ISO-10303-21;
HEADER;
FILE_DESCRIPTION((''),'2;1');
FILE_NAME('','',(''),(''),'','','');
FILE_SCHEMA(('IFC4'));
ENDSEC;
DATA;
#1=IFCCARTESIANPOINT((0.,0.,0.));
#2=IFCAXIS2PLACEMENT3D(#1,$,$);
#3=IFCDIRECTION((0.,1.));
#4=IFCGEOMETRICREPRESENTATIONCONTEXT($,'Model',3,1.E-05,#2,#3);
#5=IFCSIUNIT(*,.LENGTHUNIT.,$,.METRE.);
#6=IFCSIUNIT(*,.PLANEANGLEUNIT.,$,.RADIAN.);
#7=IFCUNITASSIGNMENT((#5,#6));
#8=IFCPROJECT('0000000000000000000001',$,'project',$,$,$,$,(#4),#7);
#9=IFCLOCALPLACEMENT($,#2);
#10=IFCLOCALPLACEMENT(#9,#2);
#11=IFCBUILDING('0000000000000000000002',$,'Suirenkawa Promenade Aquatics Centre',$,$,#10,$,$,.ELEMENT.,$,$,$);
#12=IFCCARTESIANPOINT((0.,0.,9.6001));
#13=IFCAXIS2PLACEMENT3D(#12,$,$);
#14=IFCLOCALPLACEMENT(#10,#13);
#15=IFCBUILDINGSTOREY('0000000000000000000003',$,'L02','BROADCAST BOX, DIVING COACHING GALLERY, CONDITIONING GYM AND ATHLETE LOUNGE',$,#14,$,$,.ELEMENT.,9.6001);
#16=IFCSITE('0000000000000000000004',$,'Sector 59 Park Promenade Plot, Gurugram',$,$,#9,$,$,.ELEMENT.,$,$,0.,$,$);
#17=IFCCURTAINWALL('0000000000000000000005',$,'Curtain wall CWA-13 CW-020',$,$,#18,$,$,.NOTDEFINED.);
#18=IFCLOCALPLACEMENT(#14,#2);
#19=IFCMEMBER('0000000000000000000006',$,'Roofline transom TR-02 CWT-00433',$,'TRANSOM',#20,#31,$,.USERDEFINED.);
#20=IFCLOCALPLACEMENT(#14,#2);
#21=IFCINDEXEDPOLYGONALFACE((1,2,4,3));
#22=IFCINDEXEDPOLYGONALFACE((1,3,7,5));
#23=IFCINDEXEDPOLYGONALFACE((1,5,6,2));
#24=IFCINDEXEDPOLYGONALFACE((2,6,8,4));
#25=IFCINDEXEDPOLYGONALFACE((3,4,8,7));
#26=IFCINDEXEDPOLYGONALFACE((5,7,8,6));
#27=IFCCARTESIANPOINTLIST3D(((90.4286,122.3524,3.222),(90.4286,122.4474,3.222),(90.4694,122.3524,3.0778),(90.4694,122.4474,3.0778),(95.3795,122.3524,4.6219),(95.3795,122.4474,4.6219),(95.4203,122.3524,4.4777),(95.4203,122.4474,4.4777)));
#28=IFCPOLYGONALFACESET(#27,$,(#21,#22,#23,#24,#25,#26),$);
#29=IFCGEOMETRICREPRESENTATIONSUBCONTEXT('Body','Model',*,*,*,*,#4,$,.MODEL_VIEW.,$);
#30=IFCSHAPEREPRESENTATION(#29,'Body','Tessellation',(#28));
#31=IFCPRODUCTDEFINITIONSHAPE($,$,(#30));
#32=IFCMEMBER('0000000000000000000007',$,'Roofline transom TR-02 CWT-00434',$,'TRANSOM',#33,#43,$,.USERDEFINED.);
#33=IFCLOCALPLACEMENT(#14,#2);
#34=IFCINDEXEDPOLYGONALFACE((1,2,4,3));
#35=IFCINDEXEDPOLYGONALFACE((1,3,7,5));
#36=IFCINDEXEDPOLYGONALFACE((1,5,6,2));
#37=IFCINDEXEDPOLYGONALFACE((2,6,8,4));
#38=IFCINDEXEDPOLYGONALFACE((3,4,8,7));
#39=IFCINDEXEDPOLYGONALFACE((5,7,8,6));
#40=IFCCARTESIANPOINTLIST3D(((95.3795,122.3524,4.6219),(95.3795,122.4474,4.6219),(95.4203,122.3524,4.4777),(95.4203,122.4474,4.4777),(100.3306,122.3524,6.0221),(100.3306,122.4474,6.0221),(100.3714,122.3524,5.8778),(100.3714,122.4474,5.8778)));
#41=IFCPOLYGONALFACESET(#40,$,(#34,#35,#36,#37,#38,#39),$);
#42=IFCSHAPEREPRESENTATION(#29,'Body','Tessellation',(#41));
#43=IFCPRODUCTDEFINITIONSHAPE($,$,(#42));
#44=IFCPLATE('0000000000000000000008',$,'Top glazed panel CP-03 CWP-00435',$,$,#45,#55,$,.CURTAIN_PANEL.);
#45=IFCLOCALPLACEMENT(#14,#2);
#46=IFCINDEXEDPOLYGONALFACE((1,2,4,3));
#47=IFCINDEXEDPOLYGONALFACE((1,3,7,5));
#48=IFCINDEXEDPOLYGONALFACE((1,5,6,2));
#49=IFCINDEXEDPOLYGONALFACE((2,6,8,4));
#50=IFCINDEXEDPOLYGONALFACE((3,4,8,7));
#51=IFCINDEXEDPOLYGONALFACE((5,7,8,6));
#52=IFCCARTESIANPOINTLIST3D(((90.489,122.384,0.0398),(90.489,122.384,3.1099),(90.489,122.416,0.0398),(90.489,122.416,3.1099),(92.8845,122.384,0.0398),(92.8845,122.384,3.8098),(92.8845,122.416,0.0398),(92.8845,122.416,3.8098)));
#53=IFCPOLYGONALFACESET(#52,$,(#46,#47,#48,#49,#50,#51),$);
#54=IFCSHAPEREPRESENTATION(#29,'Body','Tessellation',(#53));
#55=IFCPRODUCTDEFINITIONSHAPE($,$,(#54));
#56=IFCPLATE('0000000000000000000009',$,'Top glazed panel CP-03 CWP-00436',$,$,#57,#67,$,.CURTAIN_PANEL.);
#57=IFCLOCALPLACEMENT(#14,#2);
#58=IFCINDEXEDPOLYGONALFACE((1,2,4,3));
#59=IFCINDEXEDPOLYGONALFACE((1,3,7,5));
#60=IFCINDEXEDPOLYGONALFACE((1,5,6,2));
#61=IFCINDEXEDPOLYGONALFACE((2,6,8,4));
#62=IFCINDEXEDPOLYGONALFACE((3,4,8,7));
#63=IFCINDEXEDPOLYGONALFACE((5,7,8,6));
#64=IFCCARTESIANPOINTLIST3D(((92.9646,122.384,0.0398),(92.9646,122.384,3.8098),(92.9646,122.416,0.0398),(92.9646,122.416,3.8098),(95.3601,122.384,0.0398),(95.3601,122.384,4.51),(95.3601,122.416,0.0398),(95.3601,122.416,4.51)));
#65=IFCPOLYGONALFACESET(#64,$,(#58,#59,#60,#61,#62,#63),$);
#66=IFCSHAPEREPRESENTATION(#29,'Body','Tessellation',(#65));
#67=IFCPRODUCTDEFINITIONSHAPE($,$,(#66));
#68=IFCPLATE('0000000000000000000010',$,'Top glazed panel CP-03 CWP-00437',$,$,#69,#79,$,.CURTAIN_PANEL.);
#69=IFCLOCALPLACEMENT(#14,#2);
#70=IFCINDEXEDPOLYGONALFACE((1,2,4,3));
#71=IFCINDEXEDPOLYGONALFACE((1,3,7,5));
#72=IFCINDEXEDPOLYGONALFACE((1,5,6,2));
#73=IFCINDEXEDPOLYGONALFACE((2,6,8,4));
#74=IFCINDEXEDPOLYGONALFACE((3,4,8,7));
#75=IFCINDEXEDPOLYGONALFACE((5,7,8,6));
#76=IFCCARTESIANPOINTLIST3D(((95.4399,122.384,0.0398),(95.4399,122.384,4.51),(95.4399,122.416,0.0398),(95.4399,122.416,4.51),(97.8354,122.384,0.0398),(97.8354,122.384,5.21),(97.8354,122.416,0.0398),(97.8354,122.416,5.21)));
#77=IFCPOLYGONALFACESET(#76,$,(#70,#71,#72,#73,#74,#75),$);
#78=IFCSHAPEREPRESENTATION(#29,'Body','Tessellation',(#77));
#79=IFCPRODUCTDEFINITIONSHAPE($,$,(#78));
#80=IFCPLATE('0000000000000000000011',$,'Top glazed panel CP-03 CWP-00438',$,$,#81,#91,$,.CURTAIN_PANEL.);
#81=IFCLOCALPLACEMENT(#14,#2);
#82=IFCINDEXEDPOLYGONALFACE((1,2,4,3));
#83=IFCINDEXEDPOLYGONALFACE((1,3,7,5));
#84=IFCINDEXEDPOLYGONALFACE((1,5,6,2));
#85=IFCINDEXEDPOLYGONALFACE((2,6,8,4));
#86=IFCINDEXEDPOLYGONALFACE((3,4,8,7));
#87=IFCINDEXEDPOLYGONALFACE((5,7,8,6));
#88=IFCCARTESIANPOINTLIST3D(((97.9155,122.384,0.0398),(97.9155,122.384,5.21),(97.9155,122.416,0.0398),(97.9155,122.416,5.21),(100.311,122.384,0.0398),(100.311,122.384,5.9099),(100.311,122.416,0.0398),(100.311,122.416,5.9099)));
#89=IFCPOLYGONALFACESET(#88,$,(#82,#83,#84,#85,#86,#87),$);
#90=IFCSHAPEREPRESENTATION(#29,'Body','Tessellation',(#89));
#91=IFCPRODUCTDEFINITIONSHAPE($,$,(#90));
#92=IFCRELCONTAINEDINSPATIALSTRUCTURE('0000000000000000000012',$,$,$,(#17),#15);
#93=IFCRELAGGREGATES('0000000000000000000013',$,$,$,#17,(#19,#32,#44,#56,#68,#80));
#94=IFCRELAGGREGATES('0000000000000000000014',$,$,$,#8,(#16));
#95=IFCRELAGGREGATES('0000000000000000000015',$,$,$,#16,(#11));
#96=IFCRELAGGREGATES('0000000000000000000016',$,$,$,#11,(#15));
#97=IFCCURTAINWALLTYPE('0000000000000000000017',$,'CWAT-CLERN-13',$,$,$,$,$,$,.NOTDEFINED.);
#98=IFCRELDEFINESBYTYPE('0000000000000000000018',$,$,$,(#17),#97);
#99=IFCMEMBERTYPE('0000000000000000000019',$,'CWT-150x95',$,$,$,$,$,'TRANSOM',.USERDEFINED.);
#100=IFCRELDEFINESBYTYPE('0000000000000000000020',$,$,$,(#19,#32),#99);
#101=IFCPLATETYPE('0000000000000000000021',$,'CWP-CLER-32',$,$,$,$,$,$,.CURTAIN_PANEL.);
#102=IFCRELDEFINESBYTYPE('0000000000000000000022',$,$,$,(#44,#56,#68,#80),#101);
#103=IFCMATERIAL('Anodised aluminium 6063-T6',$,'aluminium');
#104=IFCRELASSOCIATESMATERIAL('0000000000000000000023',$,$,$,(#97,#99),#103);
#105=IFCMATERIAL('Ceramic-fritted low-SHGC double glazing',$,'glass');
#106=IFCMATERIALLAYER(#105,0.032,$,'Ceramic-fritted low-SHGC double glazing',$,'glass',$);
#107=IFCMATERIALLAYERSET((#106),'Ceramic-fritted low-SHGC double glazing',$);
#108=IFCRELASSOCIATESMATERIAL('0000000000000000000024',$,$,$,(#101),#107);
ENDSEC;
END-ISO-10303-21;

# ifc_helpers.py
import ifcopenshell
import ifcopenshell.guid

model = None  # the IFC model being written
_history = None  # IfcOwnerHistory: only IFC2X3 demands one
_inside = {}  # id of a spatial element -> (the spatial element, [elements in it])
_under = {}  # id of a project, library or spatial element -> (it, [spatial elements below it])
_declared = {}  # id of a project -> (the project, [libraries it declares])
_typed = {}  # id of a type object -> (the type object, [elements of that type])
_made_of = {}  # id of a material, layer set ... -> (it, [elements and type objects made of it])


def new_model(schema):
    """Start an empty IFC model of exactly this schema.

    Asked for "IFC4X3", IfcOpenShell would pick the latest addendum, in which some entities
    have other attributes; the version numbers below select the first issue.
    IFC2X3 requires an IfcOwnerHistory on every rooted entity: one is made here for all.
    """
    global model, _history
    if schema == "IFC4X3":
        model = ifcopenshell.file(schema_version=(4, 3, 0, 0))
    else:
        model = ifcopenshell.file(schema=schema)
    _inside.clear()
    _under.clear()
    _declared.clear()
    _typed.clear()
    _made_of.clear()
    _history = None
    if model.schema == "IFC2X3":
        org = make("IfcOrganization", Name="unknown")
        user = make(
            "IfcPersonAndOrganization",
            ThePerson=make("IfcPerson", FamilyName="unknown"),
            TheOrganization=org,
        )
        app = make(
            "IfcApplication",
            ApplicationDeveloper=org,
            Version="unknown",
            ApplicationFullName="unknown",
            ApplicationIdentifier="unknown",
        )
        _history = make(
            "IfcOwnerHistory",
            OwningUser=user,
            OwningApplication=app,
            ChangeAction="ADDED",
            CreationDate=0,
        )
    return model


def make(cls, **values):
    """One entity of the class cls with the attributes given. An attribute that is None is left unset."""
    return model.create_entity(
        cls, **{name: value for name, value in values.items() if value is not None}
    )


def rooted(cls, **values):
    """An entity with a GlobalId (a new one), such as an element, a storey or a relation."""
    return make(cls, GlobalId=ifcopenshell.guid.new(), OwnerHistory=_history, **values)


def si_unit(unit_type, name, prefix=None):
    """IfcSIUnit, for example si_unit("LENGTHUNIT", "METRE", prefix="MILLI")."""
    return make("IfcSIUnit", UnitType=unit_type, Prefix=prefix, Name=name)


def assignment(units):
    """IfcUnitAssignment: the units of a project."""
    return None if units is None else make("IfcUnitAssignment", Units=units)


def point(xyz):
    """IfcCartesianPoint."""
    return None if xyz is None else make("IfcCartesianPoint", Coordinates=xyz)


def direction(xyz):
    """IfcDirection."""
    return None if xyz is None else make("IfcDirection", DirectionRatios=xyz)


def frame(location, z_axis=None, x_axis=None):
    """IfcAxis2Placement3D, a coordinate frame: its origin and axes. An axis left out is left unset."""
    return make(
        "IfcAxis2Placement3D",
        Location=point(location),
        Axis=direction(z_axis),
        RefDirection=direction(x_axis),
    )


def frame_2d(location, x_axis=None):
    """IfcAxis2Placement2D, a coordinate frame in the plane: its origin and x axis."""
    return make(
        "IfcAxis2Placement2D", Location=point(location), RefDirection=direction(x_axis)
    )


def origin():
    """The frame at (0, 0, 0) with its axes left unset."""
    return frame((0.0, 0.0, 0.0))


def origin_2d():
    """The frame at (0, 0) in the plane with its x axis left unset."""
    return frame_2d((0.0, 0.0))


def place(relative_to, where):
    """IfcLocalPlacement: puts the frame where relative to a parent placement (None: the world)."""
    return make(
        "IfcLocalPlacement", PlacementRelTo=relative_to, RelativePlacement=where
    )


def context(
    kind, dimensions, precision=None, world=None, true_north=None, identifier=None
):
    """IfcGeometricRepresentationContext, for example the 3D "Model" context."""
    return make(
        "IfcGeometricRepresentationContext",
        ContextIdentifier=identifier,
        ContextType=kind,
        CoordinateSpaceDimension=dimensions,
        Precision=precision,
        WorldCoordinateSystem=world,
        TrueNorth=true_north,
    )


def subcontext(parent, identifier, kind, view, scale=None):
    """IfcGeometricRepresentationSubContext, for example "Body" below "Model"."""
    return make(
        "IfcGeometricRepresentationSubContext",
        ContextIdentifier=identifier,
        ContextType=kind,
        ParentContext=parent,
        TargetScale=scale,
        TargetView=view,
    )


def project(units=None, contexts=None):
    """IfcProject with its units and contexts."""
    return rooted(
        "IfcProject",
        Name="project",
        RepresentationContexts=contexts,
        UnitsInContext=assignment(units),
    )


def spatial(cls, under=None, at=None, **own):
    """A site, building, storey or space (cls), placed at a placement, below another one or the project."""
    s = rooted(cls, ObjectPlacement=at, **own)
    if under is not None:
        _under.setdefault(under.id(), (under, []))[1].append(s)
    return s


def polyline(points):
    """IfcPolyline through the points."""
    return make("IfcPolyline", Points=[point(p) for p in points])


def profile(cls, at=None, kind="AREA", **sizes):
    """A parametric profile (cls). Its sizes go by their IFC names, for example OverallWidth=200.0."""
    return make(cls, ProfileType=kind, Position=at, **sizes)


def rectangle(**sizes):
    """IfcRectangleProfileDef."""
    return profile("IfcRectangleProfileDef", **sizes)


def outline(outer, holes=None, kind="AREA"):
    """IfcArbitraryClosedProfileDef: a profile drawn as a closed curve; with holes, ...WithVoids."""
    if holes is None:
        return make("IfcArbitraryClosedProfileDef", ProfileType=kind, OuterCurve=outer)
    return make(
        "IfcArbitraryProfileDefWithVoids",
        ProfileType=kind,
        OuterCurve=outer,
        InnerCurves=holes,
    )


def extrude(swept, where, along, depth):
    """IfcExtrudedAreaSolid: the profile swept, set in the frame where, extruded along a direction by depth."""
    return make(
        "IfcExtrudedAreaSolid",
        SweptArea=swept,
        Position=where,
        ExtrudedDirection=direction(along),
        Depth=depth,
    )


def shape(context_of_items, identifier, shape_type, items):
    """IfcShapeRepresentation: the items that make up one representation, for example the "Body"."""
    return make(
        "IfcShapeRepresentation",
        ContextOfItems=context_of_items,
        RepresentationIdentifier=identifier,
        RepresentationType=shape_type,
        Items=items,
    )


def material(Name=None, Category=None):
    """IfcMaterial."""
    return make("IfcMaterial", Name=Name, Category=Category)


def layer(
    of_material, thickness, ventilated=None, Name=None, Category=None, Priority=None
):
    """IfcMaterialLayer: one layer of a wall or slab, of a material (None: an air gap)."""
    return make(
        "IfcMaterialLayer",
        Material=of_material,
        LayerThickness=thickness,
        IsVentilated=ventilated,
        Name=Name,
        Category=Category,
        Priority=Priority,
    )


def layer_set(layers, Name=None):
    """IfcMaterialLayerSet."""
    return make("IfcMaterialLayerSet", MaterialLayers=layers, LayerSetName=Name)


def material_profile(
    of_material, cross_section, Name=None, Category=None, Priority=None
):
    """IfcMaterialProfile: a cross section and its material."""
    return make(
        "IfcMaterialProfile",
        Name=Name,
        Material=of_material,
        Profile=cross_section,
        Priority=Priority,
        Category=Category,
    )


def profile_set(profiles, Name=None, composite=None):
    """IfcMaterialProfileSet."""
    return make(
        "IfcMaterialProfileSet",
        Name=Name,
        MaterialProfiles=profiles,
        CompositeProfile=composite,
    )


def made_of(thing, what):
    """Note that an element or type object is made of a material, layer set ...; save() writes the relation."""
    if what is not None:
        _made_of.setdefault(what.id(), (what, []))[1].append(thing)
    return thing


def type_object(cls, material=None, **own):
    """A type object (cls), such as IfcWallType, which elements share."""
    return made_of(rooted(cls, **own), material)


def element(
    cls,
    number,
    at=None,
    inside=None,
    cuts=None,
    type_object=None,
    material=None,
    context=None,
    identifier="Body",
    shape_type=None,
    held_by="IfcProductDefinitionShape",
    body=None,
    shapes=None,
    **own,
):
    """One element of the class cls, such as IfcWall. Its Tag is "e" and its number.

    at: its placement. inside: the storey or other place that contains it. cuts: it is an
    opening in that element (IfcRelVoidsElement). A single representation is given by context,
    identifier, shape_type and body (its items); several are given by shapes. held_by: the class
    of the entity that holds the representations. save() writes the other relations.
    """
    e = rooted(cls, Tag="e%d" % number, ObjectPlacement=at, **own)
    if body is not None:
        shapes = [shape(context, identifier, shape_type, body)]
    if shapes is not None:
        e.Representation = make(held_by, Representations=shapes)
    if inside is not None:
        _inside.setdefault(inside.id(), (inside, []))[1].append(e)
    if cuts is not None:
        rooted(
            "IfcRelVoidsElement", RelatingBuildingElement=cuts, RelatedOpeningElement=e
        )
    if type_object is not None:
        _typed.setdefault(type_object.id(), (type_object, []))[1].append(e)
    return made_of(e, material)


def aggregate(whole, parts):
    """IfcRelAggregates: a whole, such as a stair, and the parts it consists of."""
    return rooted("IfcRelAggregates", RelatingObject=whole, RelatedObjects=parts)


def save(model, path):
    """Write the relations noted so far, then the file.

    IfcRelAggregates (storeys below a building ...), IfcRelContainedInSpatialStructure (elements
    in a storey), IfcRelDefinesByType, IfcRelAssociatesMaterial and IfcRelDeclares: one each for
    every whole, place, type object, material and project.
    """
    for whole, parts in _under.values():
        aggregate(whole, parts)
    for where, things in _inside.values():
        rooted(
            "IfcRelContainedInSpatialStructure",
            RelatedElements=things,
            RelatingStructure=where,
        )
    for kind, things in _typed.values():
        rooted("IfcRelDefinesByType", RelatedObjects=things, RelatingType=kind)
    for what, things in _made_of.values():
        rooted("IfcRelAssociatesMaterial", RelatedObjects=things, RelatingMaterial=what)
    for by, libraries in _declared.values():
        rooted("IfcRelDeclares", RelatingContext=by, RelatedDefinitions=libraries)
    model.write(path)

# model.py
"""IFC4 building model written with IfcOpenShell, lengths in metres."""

from ifc_helpers import new_model, si_unit, direction, frame, origin, origin_2d, place, context, subcontext, project, spatial, polyline, rectangle, outline, extrude, material, layer, layer_set, material_profile, profile_set, type_object, element, aggregate, save


model = new_model("IFC4")

# Units and contexts
model_context = context("Model", 3, precision=1e-05, world=origin(), true_north=direction((0.0, 1.0)))
body_context = subcontext(model_context, "Body", "Model", "MODEL_VIEW")
ifc_project = project(units=[si_unit("LENGTHUNIT", "METRE"), si_unit("PLANEANGLEUNIT", "RADIAN")], contexts=[model_context])

# Site, building, storey
site_placement = place(None, origin())
site = spatial("IfcSite", under=ifc_project, at=site_placement, Name="Sector 59 Park Promenade Plot, Gurugram", CompositionType="ELEMENT", RefElevation=0.0)
building_placement = place(site_placement, origin())
building = spatial("IfcBuilding", under=site, at=building_placement, Name="Suirenkawa Promenade Aquatics Centre", CompositionType="ELEMENT")
storey_placement = place(building_placement, frame((0.0, 0.0, 9.6001)))
storey = spatial("IfcBuildingStorey", under=building, at=storey_placement, Name="L02", Description="BROADCAST BOX, DIVING COACHING GALLERY, CONDITIONING GYM AND ATHLETE LOUNGE", CompositionType="ELEMENT", Elevation=9.6001)

# Shared definitions
ifc_material_1 = material(Name="Anodised aluminium 6063-T6", Category="aluminium")

# Curtain wall, members, plates
curtain_wall_type_1 = type_object("IfcCurtainWallType", Name="CWAT-CLERN-13", PredefinedType="NOTDEFINED", material=ifc_material_1)
curtain_wall_1_placement = place(storey_placement, origin())
curtain_wall_1 = element("IfcCurtainWall", 1, at=curtain_wall_1_placement, inside=storey, type_object=curtain_wall_type_1, Name="Curtain wall CWA-13 CW-020", PredefinedType="NOTDEFINED")
ifc_material_profile_1 = material_profile(ifc_material_1, rectangle(XDim=0.095, YDim=0.1499, at=origin_2d()), Name="ALU TRAN 95x150", Category="aluminium")
ifc_profile_set_1 = profile_set([ifc_material_profile_1], Name="Anodised aluminium 6063-T6")
member_type_1 = type_object("IfcMemberType", Name="CWT-150x95", ElementType="TRANSOM", PredefinedType="USERDEFINED", material=ifc_profile_set_1)
member_1_placement = place(storey_placement, frame((90.449, 122.3999, 3.1499), z_axis=(0.962272, 0.0, 0.272088), x_axis=(0.0, 1.0, 0.0)))
member_1 = element("IfcMember", 2, at=member_1_placement, type_object=member_type_1, Name="Roofline transom TR-02 CWT-00433", ObjectType="TRANSOM", PredefinedType="USERDEFINED", context=body_context, shape_type="SweptSolid", body=[
    extrude(rectangle(XDim=0.095, YDim=0.1499, at=origin_2d()), origin(), (0.0, 0.0, 1.0), 5.145),
])
member_2_placement = place(storey_placement, frame((95.3999, 122.3999, 4.5498), z_axis=(0.962263, 0.0, 0.272119), x_axis=(0.0, 1.0, 0.0)))
member_2 = element("IfcMember", 3, at=member_2_placement, type_object=member_type_1, Name="Roofline transom TR-02 CWT-00434", ObjectType="TRANSOM", PredefinedType="USERDEFINED", context=body_context, shape_type="SweptSolid", body=[
    extrude(rectangle(XDim=0.095, YDim=0.1499, at=origin_2d()), origin(), (0.0, 0.0, 1.0), 5.1453),
])
ifc_material_2 = material(Name="Ceramic-fritted low-SHGC double glazing", Category="glass")
ifc_layer = layer(ifc_material_2, 0.032, Name="Ceramic-fritted low-SHGC double glazing", Category="glass")
ifc_layer_set = layer_set([ifc_layer], Name="Ceramic-fritted low-SHGC double glazing")
plate_type = type_object("IfcPlateType", Name="CWP-CLER-32", PredefinedType="CURTAIN_PANEL", material=ifc_layer_set)
plate_1_placement = place(storey_placement, frame((90.449, 122.3999, 0.0398), z_axis=(0.0, 0.0, 1.0), x_axis=(1.0, 0.0, 0.0)))
plate_1 = element("IfcPlate", 4, at=plate_1_placement, type_object=plate_type, Name="Top glazed panel CP-03 CWP-00435", PredefinedType="CURTAIN_PANEL", context=body_context, shape_type="SweptSolid", body=[
    extrude(outline(polyline([(0.04, 0.0), (2.4355, 0.0), (2.4355, 3.77), (0.04, 3.0701), (0.04, 0.0)])), frame((0.0, 0.0161, 0.0), z_axis=(0.0, -1.0, 0.0), x_axis=(1.0, 0.0, 0.0)), (0.0, 0.0, 1.0), 0.032),
])
plate_2_placement = place(storey_placement, frame((92.9246, 122.3999, 0.0398), z_axis=(0.0, 0.0, 1.0), x_axis=(1.0, 0.0, 0.0)))
plate_2 = element("IfcPlate", 5, at=plate_2_placement, type_object=plate_type, Name="Top glazed panel CP-03 CWP-00436", PredefinedType="CURTAIN_PANEL", context=body_context, shape_type="SweptSolid", body=[
    extrude(outline(polyline([(0.04, 0.0), (2.4355, 0.0), (2.4355, 4.4702), (0.04, 3.77), (0.04, 0.0)])), frame((0.0, 0.0161, 0.0), z_axis=(0.0, -1.0, 0.0), x_axis=(1.0, 0.0, 0.0)), (0.0, 0.0, 1.0), 0.032),
])
plate_3_placement = place(storey_placement, frame((95.3999, 122.3999, 0.0398), z_axis=(0.0, 0.0, 1.0), x_axis=(1.0, 0.0, 0.0)))
plate_3 = element("IfcPlate", 6, at=plate_3_placement, type_object=plate_type, Name="Top glazed panel CP-03 CWP-00437", PredefinedType="CURTAIN_PANEL", context=body_context, shape_type="SweptSolid", body=[
    extrude(outline(polyline([(0.04, 0.0), (2.4355, 0.0), (2.4355, 5.1702), (0.04, 4.4702), (0.04, 0.0)])), frame((0.0, 0.0161, 0.0), z_axis=(0.0, -1.0, 0.0), x_axis=(1.0, 0.0, 0.0)), (0.0, 0.0, 1.0), 0.032),
])
plate_4_placement = place(storey_placement, frame((97.8755, 122.3999, 0.0398), z_axis=(0.0, 0.0, 1.0), x_axis=(1.0, 0.0, 0.0)))
plate_4 = element("IfcPlate", 7, at=plate_4_placement, type_object=plate_type, Name="Top glazed panel CP-03 CWP-00438", PredefinedType="CURTAIN_PANEL", context=body_context, shape_type="SweptSolid", body=[
    extrude(outline(polyline([(0.04, 0.0), (2.4355, 0.0), (2.4355, 5.8701), (0.04, 5.1702), (0.04, 0.0)])), frame((0.0, 0.0161, 0.0), z_axis=(0.0, -1.0, 0.0), x_axis=(1.0, 0.0, 0.0)), (0.0, 0.0, 1.0), 0.032),
])
aggregate(curtain_wall_1, [member_1, member_2, plate_1, plate_2, plate_3, plate_4])

save(model, "model.ifc")
